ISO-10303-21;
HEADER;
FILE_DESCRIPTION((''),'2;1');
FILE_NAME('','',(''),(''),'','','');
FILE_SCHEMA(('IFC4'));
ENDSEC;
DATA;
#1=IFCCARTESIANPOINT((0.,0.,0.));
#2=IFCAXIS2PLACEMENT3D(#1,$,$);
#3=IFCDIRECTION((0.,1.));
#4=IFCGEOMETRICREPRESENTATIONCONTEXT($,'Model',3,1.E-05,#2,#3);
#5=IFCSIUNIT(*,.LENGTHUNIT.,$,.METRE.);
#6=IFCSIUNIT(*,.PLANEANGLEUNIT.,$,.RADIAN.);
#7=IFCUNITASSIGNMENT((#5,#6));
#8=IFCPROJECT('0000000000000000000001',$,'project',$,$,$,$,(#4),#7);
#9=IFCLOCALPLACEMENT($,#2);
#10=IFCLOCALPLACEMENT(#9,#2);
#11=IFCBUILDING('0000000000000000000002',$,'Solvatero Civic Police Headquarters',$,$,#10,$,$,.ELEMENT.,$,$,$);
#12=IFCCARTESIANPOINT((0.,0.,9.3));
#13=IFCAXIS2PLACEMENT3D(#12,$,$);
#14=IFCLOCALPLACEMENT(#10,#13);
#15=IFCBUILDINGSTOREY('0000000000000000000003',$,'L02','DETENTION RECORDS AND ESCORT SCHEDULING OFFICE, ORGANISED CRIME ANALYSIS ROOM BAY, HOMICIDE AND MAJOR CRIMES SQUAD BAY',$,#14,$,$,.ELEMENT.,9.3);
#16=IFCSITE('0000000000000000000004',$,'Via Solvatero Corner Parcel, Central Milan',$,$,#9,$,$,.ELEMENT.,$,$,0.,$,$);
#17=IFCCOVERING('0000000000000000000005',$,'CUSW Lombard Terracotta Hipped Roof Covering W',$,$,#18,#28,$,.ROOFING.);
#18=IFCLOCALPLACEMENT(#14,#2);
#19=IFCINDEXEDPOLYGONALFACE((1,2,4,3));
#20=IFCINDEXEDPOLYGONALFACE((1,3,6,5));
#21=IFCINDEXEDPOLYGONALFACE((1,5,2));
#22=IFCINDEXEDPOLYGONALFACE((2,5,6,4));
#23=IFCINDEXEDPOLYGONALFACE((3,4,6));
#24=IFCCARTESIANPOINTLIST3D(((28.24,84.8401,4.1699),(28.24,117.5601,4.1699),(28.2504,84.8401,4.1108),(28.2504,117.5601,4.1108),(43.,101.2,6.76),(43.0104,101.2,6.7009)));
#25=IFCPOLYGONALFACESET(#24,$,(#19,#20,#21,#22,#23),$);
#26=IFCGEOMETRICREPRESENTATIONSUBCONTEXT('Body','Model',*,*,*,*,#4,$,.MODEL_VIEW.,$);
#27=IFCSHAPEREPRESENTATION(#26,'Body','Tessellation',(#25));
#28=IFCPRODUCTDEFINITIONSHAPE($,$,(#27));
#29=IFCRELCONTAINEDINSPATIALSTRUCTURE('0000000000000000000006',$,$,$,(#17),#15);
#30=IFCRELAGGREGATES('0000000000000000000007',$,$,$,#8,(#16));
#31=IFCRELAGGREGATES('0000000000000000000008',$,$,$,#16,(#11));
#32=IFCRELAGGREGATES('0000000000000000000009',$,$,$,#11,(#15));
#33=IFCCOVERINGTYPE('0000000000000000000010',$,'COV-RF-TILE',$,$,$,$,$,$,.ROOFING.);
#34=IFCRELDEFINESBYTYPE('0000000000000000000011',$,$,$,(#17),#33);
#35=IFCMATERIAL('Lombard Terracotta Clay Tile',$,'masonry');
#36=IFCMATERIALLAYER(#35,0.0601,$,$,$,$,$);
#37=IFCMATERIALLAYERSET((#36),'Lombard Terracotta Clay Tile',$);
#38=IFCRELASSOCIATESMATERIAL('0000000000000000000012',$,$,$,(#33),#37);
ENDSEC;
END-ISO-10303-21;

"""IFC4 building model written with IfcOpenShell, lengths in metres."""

from ifc_helpers import new_model, si_unit, direction, frame, origin, place, context, subcontext, project, spatial, polyline, outline, extrude, material, layer, layer_set, type_object, element, save


model = new_model("IFC4")

# Units and contexts
model_context = context("Model", 3, precision=1e-05, world=origin(), true_north=direction((0.0, 1.0)))
body_context = subcontext(model_context, "Body", "Model", "MODEL_VIEW")
ifc_project = project(units=[si_unit("LENGTHUNIT", "METRE"), si_unit("PLANEANGLEUNIT", "RADIAN")], contexts=[model_context])

# Site, building, storey
site_placement = place(None, origin())
site = spatial("IfcSite", under=ifc_project, at=site_placement, Name="Via Solvatero Corner Parcel, Central Milan", CompositionType="ELEMENT", RefElevation=0.0)
building_placement = place(site_placement, origin())
building = spatial("IfcBuilding", under=site, at=building_placement, Name="Solvatero Civic Police Headquarters", CompositionType="ELEMENT")
storey_placement = place(building_placement, frame((0.0, 0.0, 9.3)))
storey = spatial("IfcBuildingStorey", under=building, at=storey_placement, Name="L02", Description="DETENTION RECORDS AND ESCORT SCHEDULING OFFICE, ORGANISED CRIME ANALYSIS ROOM BAY, HOMICIDE AND MAJOR CRIMES SQUAD BAY", CompositionType="ELEMENT", Elevation=9.3)

# Covering
ifc_material_1 = material(Name="Lombard Terracotta Clay Tile", Category="masonry")
ifc_layer_1 = layer(ifc_material_1, 0.0601)
ifc_layer_set_1 = layer_set([ifc_layer_1], Name="Lombard Terracotta Clay Tile")
covering_type = type_object("IfcCoveringType", Name="COV-RF-TILE", PredefinedType="ROOFING", material=ifc_layer_set_1)
covering_placement = place(storey_placement, frame((28.24, 117.5601, 4.1699), z_axis=(-0.172839, 0.0, 0.98495), x_axis=(0.0, -1.0, 0.0)))
element("IfcCovering", 1, at=covering_placement, inside=storey, type_object=covering_type, Name="CUSW Lombard Terracotta Hipped Roof Covering W", PredefinedType="ROOFING", context=body_context, shape_type="SweptSolid", body=[
    extrude(outline(polyline([(0.0, 0.0), (32.72, 0.0), (16.3601, 14.9855), (0.0, 0.0)])), origin(), (0.0, 0.0, -1.0), 0.0601),
])

save(model, "model.ifc")
